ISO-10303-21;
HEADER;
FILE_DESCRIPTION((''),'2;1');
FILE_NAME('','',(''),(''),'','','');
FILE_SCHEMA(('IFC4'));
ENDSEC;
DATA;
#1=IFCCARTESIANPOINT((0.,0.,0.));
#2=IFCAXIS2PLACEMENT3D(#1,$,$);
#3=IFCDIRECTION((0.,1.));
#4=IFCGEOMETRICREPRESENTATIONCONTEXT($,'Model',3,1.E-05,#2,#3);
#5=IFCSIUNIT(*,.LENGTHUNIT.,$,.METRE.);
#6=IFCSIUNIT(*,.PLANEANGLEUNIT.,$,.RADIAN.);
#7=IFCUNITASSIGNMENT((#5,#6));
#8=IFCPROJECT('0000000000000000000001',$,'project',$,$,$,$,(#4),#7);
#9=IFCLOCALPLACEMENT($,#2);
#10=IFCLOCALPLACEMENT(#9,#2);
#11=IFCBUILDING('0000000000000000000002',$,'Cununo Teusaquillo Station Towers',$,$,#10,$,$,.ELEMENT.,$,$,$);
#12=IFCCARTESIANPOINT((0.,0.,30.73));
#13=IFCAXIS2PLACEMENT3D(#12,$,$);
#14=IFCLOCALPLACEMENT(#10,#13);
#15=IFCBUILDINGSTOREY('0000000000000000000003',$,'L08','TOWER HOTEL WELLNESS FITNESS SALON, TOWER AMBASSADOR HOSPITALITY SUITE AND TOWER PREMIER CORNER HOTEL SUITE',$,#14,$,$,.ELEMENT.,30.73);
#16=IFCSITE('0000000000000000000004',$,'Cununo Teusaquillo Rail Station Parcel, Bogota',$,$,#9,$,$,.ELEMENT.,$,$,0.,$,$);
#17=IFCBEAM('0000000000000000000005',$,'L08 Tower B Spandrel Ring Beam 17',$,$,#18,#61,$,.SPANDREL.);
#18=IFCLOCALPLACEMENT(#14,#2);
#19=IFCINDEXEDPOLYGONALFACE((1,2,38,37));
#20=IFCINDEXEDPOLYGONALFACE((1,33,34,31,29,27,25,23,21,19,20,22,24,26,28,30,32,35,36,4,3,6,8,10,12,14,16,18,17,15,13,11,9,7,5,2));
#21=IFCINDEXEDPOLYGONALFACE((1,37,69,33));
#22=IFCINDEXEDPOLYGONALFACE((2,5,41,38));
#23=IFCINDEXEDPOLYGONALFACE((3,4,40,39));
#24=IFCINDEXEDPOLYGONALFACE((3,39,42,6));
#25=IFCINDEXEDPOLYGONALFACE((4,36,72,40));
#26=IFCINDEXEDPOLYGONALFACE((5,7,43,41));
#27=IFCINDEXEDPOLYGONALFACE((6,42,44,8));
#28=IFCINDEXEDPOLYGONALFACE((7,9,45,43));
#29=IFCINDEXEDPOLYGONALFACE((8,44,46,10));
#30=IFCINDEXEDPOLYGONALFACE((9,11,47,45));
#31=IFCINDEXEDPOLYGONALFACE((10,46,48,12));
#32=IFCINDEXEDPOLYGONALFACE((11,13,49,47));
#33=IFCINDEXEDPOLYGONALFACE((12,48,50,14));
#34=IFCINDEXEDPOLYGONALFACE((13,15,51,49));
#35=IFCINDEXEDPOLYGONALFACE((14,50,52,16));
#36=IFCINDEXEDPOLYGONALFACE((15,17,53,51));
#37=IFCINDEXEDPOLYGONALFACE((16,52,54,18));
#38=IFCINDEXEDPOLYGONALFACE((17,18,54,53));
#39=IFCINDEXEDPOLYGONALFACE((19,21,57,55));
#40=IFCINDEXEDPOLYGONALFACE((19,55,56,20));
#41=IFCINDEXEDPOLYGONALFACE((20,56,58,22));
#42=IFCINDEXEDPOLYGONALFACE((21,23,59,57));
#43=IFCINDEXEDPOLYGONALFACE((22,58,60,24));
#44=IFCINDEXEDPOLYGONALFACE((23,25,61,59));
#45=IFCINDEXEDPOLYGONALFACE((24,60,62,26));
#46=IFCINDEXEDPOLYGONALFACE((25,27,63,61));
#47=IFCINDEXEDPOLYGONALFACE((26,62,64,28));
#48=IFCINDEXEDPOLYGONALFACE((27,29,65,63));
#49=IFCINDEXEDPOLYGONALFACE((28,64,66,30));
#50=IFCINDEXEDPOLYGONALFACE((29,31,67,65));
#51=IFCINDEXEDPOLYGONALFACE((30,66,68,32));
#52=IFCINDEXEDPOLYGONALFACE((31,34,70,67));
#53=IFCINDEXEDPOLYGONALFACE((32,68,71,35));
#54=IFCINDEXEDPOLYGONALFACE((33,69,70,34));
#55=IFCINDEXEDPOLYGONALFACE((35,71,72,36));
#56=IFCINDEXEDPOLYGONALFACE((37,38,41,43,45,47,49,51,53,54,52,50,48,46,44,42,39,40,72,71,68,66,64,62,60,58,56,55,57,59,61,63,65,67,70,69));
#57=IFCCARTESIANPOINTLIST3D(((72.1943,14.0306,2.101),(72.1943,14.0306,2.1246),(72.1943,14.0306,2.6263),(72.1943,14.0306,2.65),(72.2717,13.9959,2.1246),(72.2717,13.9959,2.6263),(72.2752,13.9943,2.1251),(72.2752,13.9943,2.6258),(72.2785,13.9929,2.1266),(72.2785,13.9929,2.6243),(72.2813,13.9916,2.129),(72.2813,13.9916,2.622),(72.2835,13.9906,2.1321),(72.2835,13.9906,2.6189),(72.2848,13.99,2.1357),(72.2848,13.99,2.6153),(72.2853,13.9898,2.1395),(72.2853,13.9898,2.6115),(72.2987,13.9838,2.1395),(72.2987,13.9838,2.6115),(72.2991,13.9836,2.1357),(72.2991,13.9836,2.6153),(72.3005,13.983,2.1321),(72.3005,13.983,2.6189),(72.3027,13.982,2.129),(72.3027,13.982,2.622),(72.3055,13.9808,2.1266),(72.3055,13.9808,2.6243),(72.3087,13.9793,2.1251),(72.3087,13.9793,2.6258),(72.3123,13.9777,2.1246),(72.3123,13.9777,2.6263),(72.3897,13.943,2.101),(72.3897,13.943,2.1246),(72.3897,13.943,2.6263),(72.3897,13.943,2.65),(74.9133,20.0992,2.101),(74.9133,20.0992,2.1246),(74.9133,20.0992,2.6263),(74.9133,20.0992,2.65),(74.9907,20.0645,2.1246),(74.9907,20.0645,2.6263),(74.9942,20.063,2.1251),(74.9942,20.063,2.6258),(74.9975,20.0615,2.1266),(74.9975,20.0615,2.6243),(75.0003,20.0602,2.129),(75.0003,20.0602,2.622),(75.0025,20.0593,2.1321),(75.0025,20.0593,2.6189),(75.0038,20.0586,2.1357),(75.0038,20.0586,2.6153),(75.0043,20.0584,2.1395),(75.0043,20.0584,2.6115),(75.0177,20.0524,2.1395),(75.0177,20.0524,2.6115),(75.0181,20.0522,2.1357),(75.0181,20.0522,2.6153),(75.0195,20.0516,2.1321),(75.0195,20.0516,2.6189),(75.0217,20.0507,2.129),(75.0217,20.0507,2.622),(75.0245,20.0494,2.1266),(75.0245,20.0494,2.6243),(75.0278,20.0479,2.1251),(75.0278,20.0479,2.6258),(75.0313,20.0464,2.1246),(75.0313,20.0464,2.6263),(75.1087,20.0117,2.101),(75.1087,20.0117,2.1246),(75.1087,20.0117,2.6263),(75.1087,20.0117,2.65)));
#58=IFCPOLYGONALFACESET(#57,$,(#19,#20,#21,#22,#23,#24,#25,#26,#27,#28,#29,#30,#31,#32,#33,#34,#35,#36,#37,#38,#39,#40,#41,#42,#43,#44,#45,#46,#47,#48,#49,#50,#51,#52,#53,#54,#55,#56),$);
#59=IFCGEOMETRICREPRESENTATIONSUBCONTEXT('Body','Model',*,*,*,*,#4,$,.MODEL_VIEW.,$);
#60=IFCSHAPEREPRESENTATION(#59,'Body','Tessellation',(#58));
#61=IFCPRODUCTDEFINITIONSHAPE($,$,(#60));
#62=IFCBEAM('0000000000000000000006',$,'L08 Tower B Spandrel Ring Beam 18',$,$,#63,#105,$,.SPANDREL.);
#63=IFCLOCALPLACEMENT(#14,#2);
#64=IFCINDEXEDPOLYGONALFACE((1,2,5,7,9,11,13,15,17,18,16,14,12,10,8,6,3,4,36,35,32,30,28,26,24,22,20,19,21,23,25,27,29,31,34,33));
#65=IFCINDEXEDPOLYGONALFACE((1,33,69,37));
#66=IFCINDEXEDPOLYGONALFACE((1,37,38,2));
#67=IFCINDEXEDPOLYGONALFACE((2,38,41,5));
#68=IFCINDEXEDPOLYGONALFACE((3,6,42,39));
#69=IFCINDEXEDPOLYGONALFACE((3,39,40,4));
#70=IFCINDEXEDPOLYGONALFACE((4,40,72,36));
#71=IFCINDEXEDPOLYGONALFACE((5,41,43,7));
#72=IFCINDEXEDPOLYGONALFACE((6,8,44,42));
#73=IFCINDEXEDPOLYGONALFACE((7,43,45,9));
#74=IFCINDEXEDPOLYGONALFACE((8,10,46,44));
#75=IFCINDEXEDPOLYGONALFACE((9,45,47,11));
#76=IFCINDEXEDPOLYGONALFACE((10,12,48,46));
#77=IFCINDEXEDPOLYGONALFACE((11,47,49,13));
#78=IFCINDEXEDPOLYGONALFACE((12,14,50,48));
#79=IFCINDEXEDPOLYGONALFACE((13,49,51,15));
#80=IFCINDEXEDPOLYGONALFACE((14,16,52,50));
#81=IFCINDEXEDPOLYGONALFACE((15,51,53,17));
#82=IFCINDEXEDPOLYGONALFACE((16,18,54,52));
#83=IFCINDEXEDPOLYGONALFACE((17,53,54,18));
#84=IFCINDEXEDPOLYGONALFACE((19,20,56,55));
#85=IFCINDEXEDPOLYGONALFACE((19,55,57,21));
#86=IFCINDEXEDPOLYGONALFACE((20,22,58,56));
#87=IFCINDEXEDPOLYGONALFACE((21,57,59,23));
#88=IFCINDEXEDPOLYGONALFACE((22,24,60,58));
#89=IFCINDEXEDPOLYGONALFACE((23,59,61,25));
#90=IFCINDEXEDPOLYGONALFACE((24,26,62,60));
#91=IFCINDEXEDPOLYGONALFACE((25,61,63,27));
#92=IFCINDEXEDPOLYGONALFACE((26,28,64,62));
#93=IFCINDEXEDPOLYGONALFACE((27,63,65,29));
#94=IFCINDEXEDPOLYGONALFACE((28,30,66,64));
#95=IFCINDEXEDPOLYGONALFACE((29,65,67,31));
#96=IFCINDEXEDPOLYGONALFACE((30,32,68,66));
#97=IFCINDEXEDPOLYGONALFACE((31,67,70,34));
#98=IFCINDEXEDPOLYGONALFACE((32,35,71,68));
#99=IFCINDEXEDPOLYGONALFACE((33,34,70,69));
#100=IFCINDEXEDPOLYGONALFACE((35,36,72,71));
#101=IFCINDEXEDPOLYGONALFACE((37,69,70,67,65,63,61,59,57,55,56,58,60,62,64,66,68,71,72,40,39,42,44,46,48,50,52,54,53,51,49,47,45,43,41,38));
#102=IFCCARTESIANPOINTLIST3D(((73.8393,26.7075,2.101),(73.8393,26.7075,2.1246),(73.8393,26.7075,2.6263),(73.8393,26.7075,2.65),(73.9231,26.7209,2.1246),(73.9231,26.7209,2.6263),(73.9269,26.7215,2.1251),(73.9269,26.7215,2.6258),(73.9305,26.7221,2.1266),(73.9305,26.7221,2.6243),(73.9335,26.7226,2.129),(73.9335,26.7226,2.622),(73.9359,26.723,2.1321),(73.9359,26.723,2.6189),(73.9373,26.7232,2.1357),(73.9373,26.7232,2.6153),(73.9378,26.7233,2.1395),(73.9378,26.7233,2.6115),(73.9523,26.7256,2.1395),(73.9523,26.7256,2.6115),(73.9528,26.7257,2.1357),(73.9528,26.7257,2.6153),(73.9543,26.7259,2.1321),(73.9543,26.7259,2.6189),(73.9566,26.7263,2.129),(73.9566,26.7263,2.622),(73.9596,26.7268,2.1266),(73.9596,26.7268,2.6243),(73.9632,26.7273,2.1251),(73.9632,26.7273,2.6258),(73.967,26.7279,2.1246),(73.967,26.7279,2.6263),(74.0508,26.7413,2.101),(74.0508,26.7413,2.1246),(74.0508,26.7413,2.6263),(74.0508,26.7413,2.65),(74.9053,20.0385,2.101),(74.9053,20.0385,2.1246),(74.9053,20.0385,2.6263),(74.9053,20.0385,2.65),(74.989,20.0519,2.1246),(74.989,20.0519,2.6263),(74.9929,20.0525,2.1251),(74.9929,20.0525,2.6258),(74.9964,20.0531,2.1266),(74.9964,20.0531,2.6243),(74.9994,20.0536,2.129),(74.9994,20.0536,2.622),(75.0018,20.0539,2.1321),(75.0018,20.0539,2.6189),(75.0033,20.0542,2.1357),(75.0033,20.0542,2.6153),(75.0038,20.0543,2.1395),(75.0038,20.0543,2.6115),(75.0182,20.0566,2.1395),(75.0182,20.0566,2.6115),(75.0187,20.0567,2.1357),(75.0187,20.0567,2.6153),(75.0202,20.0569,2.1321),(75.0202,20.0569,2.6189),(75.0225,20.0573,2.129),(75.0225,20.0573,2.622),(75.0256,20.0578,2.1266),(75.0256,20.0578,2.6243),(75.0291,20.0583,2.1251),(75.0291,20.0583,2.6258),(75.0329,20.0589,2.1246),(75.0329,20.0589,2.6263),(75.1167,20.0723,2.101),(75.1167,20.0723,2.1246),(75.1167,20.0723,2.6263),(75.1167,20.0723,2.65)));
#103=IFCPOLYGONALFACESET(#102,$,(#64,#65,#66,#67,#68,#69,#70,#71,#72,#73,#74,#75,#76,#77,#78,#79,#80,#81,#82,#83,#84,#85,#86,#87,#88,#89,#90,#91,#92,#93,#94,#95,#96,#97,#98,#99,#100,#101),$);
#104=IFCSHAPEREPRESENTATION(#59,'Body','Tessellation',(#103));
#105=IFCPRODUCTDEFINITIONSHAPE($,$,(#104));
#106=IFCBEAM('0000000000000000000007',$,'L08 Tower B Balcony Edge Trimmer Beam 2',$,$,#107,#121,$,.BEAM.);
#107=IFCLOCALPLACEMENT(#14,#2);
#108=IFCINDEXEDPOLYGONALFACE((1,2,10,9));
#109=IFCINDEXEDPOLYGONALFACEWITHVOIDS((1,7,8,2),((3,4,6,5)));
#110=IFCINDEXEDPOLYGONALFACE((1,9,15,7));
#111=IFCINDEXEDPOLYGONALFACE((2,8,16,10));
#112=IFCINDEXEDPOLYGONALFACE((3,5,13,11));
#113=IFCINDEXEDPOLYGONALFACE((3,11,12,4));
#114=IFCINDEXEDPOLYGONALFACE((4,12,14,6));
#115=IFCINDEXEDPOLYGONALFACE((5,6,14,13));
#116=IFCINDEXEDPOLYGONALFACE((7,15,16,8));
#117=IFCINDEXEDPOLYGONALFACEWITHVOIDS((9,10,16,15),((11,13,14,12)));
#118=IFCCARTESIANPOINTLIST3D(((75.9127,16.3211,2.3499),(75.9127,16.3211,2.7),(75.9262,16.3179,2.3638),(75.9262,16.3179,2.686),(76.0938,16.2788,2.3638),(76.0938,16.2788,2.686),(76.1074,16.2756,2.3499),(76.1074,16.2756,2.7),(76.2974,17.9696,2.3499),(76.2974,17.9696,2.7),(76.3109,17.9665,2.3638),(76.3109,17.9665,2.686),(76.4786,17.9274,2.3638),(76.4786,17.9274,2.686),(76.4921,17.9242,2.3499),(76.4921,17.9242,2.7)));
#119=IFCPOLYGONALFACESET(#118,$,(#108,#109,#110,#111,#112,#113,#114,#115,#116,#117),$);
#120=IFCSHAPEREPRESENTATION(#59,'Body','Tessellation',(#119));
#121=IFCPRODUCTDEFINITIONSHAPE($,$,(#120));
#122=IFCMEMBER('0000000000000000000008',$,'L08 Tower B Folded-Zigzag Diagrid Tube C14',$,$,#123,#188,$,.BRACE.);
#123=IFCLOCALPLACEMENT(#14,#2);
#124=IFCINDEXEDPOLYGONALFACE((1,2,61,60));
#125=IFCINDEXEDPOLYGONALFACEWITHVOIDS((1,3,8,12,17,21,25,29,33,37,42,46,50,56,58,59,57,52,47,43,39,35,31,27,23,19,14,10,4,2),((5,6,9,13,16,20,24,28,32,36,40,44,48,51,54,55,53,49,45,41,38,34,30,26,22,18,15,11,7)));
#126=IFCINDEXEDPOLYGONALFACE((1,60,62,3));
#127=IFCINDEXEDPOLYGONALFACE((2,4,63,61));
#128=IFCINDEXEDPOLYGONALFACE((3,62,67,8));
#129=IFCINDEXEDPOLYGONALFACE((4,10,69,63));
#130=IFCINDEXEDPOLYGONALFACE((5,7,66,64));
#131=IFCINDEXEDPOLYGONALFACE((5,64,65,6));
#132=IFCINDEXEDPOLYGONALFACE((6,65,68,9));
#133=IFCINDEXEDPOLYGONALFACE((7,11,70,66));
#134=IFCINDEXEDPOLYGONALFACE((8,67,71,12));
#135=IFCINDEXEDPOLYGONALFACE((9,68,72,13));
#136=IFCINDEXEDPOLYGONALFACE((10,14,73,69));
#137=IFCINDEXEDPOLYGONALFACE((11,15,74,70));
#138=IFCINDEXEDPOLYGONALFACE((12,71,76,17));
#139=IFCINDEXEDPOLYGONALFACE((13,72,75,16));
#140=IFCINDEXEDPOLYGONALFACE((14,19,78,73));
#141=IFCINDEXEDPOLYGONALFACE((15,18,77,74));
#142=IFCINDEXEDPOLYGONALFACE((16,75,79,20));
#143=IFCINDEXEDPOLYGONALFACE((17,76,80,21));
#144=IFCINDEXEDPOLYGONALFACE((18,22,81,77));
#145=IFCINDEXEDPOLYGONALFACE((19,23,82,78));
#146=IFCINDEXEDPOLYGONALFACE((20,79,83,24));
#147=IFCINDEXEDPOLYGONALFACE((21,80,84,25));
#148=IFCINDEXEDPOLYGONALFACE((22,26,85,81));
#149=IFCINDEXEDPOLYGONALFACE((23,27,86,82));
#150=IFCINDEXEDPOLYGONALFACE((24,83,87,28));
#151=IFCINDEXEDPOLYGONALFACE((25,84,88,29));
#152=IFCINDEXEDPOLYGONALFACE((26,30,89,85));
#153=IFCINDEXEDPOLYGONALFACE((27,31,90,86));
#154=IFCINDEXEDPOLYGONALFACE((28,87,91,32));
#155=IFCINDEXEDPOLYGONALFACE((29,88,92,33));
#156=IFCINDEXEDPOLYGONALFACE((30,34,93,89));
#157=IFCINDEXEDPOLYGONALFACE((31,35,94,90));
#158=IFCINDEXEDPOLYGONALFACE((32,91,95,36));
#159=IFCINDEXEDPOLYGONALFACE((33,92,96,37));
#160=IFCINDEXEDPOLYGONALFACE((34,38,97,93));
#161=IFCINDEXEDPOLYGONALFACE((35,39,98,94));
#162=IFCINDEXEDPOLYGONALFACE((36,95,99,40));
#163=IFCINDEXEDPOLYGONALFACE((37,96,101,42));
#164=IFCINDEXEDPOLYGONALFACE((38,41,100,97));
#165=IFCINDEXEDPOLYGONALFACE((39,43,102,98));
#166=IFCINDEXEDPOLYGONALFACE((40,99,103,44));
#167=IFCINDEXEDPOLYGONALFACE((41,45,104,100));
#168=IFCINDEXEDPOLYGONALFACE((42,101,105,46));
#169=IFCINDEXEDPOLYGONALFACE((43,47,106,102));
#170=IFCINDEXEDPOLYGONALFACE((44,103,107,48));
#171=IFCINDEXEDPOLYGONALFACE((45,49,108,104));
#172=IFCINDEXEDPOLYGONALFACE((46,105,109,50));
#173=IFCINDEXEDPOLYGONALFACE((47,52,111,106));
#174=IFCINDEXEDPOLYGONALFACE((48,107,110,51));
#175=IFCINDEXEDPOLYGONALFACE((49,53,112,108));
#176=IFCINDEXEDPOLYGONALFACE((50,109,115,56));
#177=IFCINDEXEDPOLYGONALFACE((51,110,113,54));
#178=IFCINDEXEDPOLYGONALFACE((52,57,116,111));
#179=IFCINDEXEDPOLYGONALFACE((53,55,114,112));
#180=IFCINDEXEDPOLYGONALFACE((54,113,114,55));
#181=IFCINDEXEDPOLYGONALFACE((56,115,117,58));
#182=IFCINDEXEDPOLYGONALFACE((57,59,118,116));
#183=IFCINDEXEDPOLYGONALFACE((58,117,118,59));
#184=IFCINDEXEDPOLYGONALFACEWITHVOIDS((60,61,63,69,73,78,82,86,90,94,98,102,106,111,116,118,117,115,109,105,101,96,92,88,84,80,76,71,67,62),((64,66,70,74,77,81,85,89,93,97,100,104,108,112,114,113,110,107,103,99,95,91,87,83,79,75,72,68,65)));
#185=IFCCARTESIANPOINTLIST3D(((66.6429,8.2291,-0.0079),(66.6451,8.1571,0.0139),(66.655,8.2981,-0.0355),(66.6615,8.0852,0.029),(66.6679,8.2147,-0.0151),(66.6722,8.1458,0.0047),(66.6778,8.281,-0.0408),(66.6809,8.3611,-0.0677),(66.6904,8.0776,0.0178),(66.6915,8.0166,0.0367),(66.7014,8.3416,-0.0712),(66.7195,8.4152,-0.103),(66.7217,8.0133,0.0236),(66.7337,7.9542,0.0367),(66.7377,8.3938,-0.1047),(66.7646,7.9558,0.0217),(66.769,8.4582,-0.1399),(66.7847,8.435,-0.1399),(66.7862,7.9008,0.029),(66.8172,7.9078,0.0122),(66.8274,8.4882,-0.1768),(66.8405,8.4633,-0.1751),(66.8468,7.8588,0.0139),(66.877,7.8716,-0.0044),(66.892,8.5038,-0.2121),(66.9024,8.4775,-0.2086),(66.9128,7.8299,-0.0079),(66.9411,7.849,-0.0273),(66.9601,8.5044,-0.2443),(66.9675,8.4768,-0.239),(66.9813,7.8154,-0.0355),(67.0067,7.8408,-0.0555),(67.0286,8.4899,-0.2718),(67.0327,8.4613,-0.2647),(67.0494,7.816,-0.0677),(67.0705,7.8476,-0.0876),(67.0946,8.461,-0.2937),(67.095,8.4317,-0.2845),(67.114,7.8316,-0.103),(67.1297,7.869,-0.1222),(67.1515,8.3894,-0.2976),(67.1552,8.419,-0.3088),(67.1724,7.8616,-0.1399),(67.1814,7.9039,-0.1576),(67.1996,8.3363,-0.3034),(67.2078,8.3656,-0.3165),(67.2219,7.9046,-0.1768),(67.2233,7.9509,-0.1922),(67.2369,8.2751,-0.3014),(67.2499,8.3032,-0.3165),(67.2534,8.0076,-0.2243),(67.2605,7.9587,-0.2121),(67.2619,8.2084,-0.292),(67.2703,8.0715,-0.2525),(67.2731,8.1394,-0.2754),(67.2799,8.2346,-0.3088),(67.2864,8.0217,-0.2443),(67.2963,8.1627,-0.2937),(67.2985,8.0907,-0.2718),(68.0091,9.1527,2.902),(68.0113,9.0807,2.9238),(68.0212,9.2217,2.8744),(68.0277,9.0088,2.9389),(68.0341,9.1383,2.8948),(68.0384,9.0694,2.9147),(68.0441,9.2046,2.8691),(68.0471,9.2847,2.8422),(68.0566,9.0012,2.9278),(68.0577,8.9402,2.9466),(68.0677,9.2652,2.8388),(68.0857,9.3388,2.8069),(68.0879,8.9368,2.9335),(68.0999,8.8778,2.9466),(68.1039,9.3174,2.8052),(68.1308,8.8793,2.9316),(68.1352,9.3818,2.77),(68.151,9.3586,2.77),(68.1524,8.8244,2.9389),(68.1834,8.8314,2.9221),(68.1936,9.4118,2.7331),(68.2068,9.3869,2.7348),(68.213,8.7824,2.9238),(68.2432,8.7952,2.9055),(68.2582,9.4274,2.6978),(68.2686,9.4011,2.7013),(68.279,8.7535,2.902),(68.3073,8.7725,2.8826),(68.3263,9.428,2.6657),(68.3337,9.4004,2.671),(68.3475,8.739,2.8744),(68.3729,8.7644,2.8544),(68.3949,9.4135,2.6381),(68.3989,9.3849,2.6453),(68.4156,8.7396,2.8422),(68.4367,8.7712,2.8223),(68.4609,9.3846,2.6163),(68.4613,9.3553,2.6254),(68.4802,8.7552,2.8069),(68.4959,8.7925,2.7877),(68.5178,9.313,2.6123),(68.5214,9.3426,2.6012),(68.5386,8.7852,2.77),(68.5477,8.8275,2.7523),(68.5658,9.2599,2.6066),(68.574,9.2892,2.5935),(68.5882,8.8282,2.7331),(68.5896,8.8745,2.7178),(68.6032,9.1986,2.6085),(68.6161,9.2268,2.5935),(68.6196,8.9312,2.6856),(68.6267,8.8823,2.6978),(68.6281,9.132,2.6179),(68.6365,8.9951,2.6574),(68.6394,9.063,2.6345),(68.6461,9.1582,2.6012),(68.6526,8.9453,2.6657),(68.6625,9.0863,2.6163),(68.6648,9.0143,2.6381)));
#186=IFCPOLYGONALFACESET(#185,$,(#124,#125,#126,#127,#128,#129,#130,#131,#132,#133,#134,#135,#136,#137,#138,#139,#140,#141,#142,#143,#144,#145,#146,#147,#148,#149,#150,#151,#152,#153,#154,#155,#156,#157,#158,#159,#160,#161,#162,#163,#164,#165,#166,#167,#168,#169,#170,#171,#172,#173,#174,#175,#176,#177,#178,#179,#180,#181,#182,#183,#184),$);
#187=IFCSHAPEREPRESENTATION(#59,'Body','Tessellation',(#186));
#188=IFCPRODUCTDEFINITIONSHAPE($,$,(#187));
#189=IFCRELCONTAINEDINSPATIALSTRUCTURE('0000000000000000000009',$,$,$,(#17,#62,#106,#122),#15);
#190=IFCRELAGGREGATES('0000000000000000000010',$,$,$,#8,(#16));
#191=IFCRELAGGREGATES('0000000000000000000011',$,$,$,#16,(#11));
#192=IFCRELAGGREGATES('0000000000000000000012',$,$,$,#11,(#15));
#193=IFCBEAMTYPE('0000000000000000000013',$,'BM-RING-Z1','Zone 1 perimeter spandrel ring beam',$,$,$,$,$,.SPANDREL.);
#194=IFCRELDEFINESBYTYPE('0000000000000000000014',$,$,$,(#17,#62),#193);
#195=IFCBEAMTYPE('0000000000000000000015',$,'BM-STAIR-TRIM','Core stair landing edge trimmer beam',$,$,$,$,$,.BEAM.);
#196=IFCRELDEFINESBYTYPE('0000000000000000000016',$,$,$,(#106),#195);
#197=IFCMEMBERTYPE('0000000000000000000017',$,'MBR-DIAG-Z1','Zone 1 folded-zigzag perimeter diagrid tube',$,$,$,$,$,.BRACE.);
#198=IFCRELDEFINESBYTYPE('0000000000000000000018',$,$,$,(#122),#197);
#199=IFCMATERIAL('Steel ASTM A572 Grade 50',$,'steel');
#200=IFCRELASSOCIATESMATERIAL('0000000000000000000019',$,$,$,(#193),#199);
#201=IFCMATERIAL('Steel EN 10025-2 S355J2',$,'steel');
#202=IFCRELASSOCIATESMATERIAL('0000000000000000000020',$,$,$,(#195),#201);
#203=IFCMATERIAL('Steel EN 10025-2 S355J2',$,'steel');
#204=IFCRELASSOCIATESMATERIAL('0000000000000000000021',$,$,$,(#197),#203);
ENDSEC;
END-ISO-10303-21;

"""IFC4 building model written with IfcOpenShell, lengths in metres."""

from ifc_helpers import new_model, si_unit, direction, frame, origin, origin_2d, place, context, subcontext, project, spatial, hollow_rectangle, hollow_circle, i_section, extrude, material, material_profile, profile_set, type_object, element, save


model = new_model("IFC4")

# Units and contexts
model_context = context("Model", 3, precision=1e-05, world=origin(), true_north=direction((0.0, 1.0)))
body_context = subcontext(model_context, "Body", "Model", "MODEL_VIEW")
ifc_project = project(units=[si_unit("LENGTHUNIT", "METRE"), si_unit("PLANEANGLEUNIT", "RADIAN")], contexts=[model_context])

# Site, building, storey
site_placement = place(None, origin())
site = spatial("IfcSite", under=ifc_project, at=site_placement, Name="Cununo Teusaquillo Rail Station Parcel, Bogota", CompositionType="ELEMENT", RefElevation=0.0)
building_placement = place(site_placement, origin())
building = spatial("IfcBuilding", under=site, at=building_placement, Name="Cununo Teusaquillo Station Towers", CompositionType="ELEMENT")
storey_placement = place(building_placement, frame((0.0, 0.0, 30.73)))
storey = spatial("IfcBuildingStorey", under=building, at=storey_placement, Name="L08", Description="TOWER HOTEL WELLNESS FITNESS SALON, TOWER AMBASSADOR HOSPITALITY SUITE AND TOWER PREMIER CORNER HOTEL SUITE", CompositionType="ELEMENT", Elevation=30.73)

# Beams
ifc_material_1 = material(Name="Steel ASTM A572 Grade 50", Category="steel")
ifc_material_profile_1 = material_profile(ifc_material_1, i_section(OverallWidth=0.2141, OverallDepth=0.5491, WebThickness=0.0146, FlangeThickness=0.0237, FilletRadius=0.0149, at=origin_2d()), Name="W21X93")
ifc_profile_set_1 = profile_set([ifc_material_profile_1], Name="Steel ASTM A572 Grade 50")
beam_type_1 = type_object("IfcBeamType", Name="BM-RING-Z1", Description="Zone 1 perimeter spandrel ring beam", PredefinedType="SPANDREL", material=ifc_profile_set_1)
beam_1_placement = place(storey_placement, frame((72.292, 13.9868, 2.3755), z_axis=(0.408879, 0.912589, 0.0), x_axis=(-0.912589, 0.408879, 0.0)))
element("IfcBeam", 1, at=beam_1_placement, inside=storey, type_object=beam_type_1, Name="L08 Tower B Spandrel Ring Beam 17", PredefinedType="SPANDREL", context=body_context, shape_type="SweptSolid", body=[
    extrude(i_section(OverallWidth=0.2141, OverallDepth=0.5491, WebThickness=0.0146, FlangeThickness=0.0237, FilletRadius=0.0149, at=origin_2d()), origin(), (0.0, 0.0, 1.0), 6.6499),
])
beam_2_placement = place(storey_placement, frame((75.011, 20.0554, 2.3755), z_axis=(-0.15783, 0.987466, 0.0), x_axis=(-0.987466, -0.15783, 0.0)))
element("IfcBeam", 2, at=beam_2_placement, inside=storey, type_object=beam_type_1, Name="L08 Tower B Spandrel Ring Beam 18", PredefinedType="SPANDREL", context=body_context, shape_type="SweptSolid", body=[
    extrude(i_section(OverallWidth=0.2141, OverallDepth=0.5491, WebThickness=0.0146, FlangeThickness=0.0237, FilletRadius=0.0149, at=origin_2d()), origin(), (0.0, 0.0, 1.0), 6.7537),
])
ifc_material_2 = material(Name="Steel EN 10025-2 S355J2", Category="steel")
ifc_material_profile_2 = material_profile(ifc_material_2, hollow_rectangle(XDim=0.2, YDim=0.3501, WallThickness=0.0139, at=origin_2d()), Name="RHS 350x200x14")
ifc_profile_set_2 = profile_set([ifc_material_profile_2], Name="Steel EN 10025-2 S355J2")
beam_type_2 = type_object("IfcBeamType", Name="BM-STAIR-TRIM", Description="Core stair landing edge trimmer beam", PredefinedType="BEAM", material=ifc_profile_set_2)
beam_3_placement = place(storey_placement, frame((76.01, 16.2983, 2.5249), z_axis=(0.227271, 0.973832, 0.0), x_axis=(-0.973832, 0.227271, 0.0)))
element("IfcBeam", 3, at=beam_3_placement, inside=storey, type_object=beam_type_2, Name="L08 Tower B Balcony Edge Trimmer Beam 2", PredefinedType="BEAM", context=body_context, shape_type="SweptSolid", body=[
    extrude(hollow_rectangle(XDim=0.2, YDim=0.3501, WallThickness=0.0139, at=origin_2d()), origin(), (0.0, 0.0, 1.0), 1.6929),
])

# Member
ifc_material_3 = material(Name="Steel EN 10025-2 S355J2", Category="steel")
ifc_material_profile_3 = material_profile(ifc_material_3, hollow_circle(Radius=0.3601, WallThickness=0.0281, at=origin_2d()), Name="CHS 720x28")
ifc_profile_set_3 = profile_set([ifc_material_profile_3], Name="Steel EN 10025-2 S355J2")
member_type = type_object("IfcMemberType", Name="MBR-DIAG-Z1", Description="Zone 1 folded-zigzag perimeter diagrid tube", PredefinedType="BRACE", material=ifc_profile_set_3)
member_1_placement = place(storey_placement, frame((66.9707, 8.1599, -0.1399), z_axis=(0.408468, 0.276132, 0.870003), x_axis=(-0.560052, 0.828457, 0.0)))
element("IfcMember", 4, at=member_1_placement, inside=storey, type_object=member_type, Name="L08 Tower B Folded-Zigzag Diagrid Tube C14", PredefinedType="BRACE", context=body_context, shape_type="SweptSolid", body=[
    extrude(hollow_circle(Radius=0.3601, WallThickness=0.0281, at=origin_2d()), origin(), (0.0, 0.0, 1.0), 3.3447),
])

save(model, "model.ifc")
